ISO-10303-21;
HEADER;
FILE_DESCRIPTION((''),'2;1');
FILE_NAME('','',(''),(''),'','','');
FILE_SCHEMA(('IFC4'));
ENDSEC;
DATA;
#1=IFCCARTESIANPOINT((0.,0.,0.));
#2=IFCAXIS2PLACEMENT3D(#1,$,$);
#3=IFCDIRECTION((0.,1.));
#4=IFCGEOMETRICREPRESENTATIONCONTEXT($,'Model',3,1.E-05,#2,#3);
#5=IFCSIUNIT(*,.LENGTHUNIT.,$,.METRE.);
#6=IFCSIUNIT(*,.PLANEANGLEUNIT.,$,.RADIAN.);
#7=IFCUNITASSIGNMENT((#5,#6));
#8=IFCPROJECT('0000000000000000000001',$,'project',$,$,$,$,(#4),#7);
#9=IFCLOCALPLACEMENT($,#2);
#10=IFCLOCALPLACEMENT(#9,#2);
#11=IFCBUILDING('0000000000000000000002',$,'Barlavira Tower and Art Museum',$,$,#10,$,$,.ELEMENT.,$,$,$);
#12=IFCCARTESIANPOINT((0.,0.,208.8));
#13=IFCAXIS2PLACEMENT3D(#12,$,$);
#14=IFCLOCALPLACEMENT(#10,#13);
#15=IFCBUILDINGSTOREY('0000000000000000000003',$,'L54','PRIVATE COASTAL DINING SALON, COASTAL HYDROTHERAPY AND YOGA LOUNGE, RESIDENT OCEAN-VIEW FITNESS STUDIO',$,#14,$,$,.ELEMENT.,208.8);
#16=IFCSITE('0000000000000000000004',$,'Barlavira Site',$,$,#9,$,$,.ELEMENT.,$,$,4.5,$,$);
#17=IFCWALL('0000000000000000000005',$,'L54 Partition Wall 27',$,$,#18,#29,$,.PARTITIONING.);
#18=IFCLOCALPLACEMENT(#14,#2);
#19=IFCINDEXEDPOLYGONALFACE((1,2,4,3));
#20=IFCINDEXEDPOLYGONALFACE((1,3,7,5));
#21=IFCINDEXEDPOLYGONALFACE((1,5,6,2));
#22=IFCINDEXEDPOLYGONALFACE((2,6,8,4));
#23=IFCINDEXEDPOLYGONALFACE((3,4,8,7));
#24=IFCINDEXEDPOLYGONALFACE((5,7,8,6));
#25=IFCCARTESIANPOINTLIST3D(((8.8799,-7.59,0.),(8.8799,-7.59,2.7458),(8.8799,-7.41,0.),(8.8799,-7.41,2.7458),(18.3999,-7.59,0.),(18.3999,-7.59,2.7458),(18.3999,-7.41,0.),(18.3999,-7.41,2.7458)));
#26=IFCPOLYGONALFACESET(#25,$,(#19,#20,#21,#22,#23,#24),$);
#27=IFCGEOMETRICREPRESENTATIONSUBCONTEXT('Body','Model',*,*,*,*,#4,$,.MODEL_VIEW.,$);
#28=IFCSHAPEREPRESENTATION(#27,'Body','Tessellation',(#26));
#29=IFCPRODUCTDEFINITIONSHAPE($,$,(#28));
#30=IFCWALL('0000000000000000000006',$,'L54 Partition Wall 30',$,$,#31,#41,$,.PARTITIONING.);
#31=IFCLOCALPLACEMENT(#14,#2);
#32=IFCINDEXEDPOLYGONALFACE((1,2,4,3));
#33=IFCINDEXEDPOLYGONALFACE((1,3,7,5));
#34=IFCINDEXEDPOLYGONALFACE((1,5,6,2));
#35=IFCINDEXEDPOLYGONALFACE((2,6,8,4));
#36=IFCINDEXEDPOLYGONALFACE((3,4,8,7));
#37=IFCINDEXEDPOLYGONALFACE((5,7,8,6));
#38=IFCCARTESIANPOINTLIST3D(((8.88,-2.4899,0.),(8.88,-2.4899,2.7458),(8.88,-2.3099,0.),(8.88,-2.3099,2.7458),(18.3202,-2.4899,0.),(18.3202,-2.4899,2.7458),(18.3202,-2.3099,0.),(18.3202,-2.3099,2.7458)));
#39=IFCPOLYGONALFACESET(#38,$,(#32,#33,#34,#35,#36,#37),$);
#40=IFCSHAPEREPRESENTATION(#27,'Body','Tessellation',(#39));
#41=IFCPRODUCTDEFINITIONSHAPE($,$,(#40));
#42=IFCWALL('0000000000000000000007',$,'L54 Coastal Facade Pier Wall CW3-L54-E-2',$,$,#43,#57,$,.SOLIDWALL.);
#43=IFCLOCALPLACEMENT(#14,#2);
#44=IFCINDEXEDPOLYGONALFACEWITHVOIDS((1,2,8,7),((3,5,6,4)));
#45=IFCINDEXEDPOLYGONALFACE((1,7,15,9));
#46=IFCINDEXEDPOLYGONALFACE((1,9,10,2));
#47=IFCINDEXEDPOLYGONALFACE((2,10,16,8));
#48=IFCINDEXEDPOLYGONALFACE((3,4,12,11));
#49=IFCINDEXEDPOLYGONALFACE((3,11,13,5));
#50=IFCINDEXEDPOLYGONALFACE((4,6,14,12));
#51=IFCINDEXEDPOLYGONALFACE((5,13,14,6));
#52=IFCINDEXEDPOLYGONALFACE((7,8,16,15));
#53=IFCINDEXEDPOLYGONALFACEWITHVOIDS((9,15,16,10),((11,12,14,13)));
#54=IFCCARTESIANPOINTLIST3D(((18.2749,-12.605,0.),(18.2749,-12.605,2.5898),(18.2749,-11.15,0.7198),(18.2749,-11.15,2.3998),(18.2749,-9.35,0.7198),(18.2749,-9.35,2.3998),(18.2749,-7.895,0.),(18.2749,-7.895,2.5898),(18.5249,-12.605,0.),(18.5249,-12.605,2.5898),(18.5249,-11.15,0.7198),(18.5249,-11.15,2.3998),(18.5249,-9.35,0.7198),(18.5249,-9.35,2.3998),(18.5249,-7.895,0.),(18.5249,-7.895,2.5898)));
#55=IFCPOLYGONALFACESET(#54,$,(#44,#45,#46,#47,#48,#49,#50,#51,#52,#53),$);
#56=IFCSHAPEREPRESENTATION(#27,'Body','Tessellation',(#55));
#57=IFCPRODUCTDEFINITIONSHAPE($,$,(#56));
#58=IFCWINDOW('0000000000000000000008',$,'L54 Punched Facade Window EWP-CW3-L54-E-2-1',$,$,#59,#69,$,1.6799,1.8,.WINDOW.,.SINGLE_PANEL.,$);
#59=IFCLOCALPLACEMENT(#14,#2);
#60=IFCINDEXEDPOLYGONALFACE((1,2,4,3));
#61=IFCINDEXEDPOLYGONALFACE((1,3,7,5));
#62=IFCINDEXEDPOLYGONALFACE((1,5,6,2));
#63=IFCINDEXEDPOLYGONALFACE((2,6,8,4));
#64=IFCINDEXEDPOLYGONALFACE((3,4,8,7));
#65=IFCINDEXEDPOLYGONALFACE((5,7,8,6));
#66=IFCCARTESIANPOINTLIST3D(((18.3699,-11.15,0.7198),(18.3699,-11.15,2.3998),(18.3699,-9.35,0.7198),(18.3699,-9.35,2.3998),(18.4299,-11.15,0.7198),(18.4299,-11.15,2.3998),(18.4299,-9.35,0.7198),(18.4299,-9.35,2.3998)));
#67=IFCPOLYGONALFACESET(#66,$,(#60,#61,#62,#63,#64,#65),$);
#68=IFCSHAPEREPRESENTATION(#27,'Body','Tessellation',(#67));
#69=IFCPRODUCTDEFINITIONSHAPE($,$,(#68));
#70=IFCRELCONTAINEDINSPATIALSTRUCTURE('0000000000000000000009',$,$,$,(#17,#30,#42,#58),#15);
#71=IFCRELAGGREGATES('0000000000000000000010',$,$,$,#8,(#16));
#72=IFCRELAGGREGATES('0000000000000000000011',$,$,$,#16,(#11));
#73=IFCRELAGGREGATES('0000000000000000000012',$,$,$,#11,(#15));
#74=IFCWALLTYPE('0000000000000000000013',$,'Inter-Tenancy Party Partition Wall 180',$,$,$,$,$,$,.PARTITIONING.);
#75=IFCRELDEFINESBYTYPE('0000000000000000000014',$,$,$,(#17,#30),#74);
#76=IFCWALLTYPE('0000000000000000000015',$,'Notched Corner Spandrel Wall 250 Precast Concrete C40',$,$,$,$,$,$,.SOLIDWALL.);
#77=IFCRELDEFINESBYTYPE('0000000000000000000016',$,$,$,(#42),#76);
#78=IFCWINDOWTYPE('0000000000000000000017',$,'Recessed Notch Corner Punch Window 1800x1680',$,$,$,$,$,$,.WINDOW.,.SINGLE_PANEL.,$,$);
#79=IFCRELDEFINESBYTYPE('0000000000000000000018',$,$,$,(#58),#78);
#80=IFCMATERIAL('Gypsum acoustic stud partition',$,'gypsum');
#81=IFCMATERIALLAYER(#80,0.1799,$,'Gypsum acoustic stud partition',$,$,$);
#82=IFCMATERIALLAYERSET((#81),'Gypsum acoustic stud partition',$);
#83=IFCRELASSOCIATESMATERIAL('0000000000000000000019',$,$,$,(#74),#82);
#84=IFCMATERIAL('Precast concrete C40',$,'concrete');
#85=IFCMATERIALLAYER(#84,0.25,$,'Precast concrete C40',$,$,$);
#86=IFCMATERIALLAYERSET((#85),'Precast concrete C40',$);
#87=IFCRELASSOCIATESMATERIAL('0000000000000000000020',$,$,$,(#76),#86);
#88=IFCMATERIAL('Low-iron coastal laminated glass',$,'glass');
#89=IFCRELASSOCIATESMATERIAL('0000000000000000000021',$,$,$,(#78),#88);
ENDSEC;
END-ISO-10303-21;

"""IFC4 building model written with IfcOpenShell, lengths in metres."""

from ifc_helpers import new_model, si_unit, direction, frame, frame_2d, origin, place, context, subcontext, project, spatial, rectangle, extrude, material, layer, layer_set, type_object, element, fill, save


model = new_model("IFC4")

# Units and contexts
model_context = context("Model", 3, precision=1e-05, world=origin(), true_north=direction((0.0, 1.0)))
body_context = subcontext(model_context, "Body", "Model", "MODEL_VIEW")
ifc_project = project(units=[si_unit("LENGTHUNIT", "METRE"), si_unit("PLANEANGLEUNIT", "RADIAN")], contexts=[model_context])

# Site, building, storey
site_placement = place(None, origin())
site = spatial("IfcSite", under=ifc_project, at=site_placement, Name="Barlavira Site", CompositionType="ELEMENT", RefElevation=4.5)
building_placement = place(site_placement, origin())
building = spatial("IfcBuilding", under=site, at=building_placement, Name="Barlavira Tower and Art Museum", CompositionType="ELEMENT")
storey_placement = place(building_placement, frame((0.0, 0.0, 208.8)))
storey = spatial("IfcBuildingStorey", under=building, at=storey_placement, Name="L54", Description="PRIVATE COASTAL DINING SALON, COASTAL HYDROTHERAPY AND YOGA LOUNGE, RESIDENT OCEAN-VIEW FITNESS STUDIO", CompositionType="ELEMENT", Elevation=208.8)

# Shared definitions
ifc_material_1 = material(Name="Low-iron coastal laminated glass", Category="glass")

# Shared definitions
ifc_material_2 = material(Name="Gypsum acoustic stud partition", Category="gypsum")
ifc_layer_1 = layer(ifc_material_2, 0.1799, Name="Gypsum acoustic stud partition")
ifc_layer_set_1 = layer_set([ifc_layer_1], Name="Gypsum acoustic stud partition")
wall_type_1 = type_object("IfcWallType", Name="Inter-Tenancy Party Partition Wall 180", PredefinedType="PARTITIONING", material=ifc_layer_set_1)

# Walls
wall_1_placement = place(storey_placement, frame((8.8799, -7.5, 0.0), z_axis=(0.0, 0.0, 1.0), x_axis=(1.0, 0.0, 0.0)))
element("IfcWall", 1, at=wall_1_placement, inside=storey, type_object=wall_type_1, Name="L54 Partition Wall 27", PredefinedType="PARTITIONING", context=body_context, shape_type="SweptSolid", body=[
    extrude(rectangle(XDim=9.52, YDim=0.1799, at=frame_2d((4.76, 0.0))), origin(), (0.0, 0.0, 1.0), 2.7458),
])
wall_2_placement = place(storey_placement, frame((8.8799, -2.3999, 0.0), z_axis=(0.0, 0.0, 1.0), x_axis=(1.0, 0.0, 0.0)))
element("IfcWall", 2, at=wall_2_placement, inside=storey, type_object=wall_type_1, Name="L54 Partition Wall 30", PredefinedType="PARTITIONING", context=body_context, shape_type="SweptSolid", body=[
    extrude(rectangle(XDim=9.4402, YDim=0.1799, at=frame_2d((4.7202, 0.0))), origin(), (0.0, 0.0, 1.0), 2.7458),
])

# Wall, opening, window
ifc_material_3 = material(Name="Precast concrete C40", Category="concrete")
ifc_layer_2 = layer(ifc_material_3, 0.25, Name="Precast concrete C40")
ifc_layer_set_2 = layer_set([ifc_layer_2], Name="Precast concrete C40")
wall_type_2 = type_object("IfcWallType", Name="Notched Corner Spandrel Wall 250 Precast Concrete C40", PredefinedType="SOLIDWALL", material=ifc_layer_set_2)
wall_3_placement = place(storey_placement, frame((18.3999, -12.605, 0.0), z_axis=(0.0, 0.0, 1.0), x_axis=(0.0, 1.0, 0.0)))
wall_3 = element("IfcWall", 3, at=wall_3_placement, inside=storey, type_object=wall_type_2, Name="L54 Coastal Facade Pier Wall CW3-L54-E-2", PredefinedType="SOLIDWALL", context=body_context, shape_type="SweptSolid", body=[
    extrude(rectangle(XDim=4.71, YDim=0.25, at=frame_2d((2.355, 0.0))), origin(), (0.0, 0.0, 1.0), 2.5898),
])
opening_1_placement = place(wall_3_placement, frame((1.4551, 0.0, 0.72)))
opening_1 = element("IfcOpeningElement", 4, at=opening_1_placement, cuts=wall_3, PredefinedType="OPENING", context=body_context, shape_type="SweptSolid", body=[
    extrude(rectangle(XDim=1.8, YDim=1.6799, at=frame_2d((0.8999, 0.8398))), frame((0.0, 0.135, 0.0), z_axis=(0.0, -1.0, 0.0), x_axis=(1.0, 0.0, 0.0)), (0.0, 0.0, 1.0), 0.27),
])
window_type = type_object("IfcWindowType", Name="Recessed Notch Corner Punch Window 1800x1680", PartitioningType="SINGLE_PANEL", PredefinedType="WINDOW", material=ifc_material_1)
window_placement = place(opening_1_placement, origin())
window = element("IfcWindow", 5, at=window_placement, inside=storey, type_object=window_type, Name="L54 Punched Facade Window EWP-CW3-L54-E-2-1", OverallHeight=1.6799, OverallWidth=1.8, PartitioningType="SINGLE_PANEL", PredefinedType="WINDOW", context=body_context, shape_type="SweptSolid", body=[
    extrude(rectangle(XDim=1.8, YDim=1.6799, at=frame_2d((0.8999, 0.8398))), frame((0.0, 0.03, 0.0), z_axis=(0.0, -1.0, 0.0), x_axis=(1.0, 0.0, 0.0)), (0.0, 0.0, 1.0), 0.0601),
])
fill(opening_1, window)

save(model, "model.ifc")
